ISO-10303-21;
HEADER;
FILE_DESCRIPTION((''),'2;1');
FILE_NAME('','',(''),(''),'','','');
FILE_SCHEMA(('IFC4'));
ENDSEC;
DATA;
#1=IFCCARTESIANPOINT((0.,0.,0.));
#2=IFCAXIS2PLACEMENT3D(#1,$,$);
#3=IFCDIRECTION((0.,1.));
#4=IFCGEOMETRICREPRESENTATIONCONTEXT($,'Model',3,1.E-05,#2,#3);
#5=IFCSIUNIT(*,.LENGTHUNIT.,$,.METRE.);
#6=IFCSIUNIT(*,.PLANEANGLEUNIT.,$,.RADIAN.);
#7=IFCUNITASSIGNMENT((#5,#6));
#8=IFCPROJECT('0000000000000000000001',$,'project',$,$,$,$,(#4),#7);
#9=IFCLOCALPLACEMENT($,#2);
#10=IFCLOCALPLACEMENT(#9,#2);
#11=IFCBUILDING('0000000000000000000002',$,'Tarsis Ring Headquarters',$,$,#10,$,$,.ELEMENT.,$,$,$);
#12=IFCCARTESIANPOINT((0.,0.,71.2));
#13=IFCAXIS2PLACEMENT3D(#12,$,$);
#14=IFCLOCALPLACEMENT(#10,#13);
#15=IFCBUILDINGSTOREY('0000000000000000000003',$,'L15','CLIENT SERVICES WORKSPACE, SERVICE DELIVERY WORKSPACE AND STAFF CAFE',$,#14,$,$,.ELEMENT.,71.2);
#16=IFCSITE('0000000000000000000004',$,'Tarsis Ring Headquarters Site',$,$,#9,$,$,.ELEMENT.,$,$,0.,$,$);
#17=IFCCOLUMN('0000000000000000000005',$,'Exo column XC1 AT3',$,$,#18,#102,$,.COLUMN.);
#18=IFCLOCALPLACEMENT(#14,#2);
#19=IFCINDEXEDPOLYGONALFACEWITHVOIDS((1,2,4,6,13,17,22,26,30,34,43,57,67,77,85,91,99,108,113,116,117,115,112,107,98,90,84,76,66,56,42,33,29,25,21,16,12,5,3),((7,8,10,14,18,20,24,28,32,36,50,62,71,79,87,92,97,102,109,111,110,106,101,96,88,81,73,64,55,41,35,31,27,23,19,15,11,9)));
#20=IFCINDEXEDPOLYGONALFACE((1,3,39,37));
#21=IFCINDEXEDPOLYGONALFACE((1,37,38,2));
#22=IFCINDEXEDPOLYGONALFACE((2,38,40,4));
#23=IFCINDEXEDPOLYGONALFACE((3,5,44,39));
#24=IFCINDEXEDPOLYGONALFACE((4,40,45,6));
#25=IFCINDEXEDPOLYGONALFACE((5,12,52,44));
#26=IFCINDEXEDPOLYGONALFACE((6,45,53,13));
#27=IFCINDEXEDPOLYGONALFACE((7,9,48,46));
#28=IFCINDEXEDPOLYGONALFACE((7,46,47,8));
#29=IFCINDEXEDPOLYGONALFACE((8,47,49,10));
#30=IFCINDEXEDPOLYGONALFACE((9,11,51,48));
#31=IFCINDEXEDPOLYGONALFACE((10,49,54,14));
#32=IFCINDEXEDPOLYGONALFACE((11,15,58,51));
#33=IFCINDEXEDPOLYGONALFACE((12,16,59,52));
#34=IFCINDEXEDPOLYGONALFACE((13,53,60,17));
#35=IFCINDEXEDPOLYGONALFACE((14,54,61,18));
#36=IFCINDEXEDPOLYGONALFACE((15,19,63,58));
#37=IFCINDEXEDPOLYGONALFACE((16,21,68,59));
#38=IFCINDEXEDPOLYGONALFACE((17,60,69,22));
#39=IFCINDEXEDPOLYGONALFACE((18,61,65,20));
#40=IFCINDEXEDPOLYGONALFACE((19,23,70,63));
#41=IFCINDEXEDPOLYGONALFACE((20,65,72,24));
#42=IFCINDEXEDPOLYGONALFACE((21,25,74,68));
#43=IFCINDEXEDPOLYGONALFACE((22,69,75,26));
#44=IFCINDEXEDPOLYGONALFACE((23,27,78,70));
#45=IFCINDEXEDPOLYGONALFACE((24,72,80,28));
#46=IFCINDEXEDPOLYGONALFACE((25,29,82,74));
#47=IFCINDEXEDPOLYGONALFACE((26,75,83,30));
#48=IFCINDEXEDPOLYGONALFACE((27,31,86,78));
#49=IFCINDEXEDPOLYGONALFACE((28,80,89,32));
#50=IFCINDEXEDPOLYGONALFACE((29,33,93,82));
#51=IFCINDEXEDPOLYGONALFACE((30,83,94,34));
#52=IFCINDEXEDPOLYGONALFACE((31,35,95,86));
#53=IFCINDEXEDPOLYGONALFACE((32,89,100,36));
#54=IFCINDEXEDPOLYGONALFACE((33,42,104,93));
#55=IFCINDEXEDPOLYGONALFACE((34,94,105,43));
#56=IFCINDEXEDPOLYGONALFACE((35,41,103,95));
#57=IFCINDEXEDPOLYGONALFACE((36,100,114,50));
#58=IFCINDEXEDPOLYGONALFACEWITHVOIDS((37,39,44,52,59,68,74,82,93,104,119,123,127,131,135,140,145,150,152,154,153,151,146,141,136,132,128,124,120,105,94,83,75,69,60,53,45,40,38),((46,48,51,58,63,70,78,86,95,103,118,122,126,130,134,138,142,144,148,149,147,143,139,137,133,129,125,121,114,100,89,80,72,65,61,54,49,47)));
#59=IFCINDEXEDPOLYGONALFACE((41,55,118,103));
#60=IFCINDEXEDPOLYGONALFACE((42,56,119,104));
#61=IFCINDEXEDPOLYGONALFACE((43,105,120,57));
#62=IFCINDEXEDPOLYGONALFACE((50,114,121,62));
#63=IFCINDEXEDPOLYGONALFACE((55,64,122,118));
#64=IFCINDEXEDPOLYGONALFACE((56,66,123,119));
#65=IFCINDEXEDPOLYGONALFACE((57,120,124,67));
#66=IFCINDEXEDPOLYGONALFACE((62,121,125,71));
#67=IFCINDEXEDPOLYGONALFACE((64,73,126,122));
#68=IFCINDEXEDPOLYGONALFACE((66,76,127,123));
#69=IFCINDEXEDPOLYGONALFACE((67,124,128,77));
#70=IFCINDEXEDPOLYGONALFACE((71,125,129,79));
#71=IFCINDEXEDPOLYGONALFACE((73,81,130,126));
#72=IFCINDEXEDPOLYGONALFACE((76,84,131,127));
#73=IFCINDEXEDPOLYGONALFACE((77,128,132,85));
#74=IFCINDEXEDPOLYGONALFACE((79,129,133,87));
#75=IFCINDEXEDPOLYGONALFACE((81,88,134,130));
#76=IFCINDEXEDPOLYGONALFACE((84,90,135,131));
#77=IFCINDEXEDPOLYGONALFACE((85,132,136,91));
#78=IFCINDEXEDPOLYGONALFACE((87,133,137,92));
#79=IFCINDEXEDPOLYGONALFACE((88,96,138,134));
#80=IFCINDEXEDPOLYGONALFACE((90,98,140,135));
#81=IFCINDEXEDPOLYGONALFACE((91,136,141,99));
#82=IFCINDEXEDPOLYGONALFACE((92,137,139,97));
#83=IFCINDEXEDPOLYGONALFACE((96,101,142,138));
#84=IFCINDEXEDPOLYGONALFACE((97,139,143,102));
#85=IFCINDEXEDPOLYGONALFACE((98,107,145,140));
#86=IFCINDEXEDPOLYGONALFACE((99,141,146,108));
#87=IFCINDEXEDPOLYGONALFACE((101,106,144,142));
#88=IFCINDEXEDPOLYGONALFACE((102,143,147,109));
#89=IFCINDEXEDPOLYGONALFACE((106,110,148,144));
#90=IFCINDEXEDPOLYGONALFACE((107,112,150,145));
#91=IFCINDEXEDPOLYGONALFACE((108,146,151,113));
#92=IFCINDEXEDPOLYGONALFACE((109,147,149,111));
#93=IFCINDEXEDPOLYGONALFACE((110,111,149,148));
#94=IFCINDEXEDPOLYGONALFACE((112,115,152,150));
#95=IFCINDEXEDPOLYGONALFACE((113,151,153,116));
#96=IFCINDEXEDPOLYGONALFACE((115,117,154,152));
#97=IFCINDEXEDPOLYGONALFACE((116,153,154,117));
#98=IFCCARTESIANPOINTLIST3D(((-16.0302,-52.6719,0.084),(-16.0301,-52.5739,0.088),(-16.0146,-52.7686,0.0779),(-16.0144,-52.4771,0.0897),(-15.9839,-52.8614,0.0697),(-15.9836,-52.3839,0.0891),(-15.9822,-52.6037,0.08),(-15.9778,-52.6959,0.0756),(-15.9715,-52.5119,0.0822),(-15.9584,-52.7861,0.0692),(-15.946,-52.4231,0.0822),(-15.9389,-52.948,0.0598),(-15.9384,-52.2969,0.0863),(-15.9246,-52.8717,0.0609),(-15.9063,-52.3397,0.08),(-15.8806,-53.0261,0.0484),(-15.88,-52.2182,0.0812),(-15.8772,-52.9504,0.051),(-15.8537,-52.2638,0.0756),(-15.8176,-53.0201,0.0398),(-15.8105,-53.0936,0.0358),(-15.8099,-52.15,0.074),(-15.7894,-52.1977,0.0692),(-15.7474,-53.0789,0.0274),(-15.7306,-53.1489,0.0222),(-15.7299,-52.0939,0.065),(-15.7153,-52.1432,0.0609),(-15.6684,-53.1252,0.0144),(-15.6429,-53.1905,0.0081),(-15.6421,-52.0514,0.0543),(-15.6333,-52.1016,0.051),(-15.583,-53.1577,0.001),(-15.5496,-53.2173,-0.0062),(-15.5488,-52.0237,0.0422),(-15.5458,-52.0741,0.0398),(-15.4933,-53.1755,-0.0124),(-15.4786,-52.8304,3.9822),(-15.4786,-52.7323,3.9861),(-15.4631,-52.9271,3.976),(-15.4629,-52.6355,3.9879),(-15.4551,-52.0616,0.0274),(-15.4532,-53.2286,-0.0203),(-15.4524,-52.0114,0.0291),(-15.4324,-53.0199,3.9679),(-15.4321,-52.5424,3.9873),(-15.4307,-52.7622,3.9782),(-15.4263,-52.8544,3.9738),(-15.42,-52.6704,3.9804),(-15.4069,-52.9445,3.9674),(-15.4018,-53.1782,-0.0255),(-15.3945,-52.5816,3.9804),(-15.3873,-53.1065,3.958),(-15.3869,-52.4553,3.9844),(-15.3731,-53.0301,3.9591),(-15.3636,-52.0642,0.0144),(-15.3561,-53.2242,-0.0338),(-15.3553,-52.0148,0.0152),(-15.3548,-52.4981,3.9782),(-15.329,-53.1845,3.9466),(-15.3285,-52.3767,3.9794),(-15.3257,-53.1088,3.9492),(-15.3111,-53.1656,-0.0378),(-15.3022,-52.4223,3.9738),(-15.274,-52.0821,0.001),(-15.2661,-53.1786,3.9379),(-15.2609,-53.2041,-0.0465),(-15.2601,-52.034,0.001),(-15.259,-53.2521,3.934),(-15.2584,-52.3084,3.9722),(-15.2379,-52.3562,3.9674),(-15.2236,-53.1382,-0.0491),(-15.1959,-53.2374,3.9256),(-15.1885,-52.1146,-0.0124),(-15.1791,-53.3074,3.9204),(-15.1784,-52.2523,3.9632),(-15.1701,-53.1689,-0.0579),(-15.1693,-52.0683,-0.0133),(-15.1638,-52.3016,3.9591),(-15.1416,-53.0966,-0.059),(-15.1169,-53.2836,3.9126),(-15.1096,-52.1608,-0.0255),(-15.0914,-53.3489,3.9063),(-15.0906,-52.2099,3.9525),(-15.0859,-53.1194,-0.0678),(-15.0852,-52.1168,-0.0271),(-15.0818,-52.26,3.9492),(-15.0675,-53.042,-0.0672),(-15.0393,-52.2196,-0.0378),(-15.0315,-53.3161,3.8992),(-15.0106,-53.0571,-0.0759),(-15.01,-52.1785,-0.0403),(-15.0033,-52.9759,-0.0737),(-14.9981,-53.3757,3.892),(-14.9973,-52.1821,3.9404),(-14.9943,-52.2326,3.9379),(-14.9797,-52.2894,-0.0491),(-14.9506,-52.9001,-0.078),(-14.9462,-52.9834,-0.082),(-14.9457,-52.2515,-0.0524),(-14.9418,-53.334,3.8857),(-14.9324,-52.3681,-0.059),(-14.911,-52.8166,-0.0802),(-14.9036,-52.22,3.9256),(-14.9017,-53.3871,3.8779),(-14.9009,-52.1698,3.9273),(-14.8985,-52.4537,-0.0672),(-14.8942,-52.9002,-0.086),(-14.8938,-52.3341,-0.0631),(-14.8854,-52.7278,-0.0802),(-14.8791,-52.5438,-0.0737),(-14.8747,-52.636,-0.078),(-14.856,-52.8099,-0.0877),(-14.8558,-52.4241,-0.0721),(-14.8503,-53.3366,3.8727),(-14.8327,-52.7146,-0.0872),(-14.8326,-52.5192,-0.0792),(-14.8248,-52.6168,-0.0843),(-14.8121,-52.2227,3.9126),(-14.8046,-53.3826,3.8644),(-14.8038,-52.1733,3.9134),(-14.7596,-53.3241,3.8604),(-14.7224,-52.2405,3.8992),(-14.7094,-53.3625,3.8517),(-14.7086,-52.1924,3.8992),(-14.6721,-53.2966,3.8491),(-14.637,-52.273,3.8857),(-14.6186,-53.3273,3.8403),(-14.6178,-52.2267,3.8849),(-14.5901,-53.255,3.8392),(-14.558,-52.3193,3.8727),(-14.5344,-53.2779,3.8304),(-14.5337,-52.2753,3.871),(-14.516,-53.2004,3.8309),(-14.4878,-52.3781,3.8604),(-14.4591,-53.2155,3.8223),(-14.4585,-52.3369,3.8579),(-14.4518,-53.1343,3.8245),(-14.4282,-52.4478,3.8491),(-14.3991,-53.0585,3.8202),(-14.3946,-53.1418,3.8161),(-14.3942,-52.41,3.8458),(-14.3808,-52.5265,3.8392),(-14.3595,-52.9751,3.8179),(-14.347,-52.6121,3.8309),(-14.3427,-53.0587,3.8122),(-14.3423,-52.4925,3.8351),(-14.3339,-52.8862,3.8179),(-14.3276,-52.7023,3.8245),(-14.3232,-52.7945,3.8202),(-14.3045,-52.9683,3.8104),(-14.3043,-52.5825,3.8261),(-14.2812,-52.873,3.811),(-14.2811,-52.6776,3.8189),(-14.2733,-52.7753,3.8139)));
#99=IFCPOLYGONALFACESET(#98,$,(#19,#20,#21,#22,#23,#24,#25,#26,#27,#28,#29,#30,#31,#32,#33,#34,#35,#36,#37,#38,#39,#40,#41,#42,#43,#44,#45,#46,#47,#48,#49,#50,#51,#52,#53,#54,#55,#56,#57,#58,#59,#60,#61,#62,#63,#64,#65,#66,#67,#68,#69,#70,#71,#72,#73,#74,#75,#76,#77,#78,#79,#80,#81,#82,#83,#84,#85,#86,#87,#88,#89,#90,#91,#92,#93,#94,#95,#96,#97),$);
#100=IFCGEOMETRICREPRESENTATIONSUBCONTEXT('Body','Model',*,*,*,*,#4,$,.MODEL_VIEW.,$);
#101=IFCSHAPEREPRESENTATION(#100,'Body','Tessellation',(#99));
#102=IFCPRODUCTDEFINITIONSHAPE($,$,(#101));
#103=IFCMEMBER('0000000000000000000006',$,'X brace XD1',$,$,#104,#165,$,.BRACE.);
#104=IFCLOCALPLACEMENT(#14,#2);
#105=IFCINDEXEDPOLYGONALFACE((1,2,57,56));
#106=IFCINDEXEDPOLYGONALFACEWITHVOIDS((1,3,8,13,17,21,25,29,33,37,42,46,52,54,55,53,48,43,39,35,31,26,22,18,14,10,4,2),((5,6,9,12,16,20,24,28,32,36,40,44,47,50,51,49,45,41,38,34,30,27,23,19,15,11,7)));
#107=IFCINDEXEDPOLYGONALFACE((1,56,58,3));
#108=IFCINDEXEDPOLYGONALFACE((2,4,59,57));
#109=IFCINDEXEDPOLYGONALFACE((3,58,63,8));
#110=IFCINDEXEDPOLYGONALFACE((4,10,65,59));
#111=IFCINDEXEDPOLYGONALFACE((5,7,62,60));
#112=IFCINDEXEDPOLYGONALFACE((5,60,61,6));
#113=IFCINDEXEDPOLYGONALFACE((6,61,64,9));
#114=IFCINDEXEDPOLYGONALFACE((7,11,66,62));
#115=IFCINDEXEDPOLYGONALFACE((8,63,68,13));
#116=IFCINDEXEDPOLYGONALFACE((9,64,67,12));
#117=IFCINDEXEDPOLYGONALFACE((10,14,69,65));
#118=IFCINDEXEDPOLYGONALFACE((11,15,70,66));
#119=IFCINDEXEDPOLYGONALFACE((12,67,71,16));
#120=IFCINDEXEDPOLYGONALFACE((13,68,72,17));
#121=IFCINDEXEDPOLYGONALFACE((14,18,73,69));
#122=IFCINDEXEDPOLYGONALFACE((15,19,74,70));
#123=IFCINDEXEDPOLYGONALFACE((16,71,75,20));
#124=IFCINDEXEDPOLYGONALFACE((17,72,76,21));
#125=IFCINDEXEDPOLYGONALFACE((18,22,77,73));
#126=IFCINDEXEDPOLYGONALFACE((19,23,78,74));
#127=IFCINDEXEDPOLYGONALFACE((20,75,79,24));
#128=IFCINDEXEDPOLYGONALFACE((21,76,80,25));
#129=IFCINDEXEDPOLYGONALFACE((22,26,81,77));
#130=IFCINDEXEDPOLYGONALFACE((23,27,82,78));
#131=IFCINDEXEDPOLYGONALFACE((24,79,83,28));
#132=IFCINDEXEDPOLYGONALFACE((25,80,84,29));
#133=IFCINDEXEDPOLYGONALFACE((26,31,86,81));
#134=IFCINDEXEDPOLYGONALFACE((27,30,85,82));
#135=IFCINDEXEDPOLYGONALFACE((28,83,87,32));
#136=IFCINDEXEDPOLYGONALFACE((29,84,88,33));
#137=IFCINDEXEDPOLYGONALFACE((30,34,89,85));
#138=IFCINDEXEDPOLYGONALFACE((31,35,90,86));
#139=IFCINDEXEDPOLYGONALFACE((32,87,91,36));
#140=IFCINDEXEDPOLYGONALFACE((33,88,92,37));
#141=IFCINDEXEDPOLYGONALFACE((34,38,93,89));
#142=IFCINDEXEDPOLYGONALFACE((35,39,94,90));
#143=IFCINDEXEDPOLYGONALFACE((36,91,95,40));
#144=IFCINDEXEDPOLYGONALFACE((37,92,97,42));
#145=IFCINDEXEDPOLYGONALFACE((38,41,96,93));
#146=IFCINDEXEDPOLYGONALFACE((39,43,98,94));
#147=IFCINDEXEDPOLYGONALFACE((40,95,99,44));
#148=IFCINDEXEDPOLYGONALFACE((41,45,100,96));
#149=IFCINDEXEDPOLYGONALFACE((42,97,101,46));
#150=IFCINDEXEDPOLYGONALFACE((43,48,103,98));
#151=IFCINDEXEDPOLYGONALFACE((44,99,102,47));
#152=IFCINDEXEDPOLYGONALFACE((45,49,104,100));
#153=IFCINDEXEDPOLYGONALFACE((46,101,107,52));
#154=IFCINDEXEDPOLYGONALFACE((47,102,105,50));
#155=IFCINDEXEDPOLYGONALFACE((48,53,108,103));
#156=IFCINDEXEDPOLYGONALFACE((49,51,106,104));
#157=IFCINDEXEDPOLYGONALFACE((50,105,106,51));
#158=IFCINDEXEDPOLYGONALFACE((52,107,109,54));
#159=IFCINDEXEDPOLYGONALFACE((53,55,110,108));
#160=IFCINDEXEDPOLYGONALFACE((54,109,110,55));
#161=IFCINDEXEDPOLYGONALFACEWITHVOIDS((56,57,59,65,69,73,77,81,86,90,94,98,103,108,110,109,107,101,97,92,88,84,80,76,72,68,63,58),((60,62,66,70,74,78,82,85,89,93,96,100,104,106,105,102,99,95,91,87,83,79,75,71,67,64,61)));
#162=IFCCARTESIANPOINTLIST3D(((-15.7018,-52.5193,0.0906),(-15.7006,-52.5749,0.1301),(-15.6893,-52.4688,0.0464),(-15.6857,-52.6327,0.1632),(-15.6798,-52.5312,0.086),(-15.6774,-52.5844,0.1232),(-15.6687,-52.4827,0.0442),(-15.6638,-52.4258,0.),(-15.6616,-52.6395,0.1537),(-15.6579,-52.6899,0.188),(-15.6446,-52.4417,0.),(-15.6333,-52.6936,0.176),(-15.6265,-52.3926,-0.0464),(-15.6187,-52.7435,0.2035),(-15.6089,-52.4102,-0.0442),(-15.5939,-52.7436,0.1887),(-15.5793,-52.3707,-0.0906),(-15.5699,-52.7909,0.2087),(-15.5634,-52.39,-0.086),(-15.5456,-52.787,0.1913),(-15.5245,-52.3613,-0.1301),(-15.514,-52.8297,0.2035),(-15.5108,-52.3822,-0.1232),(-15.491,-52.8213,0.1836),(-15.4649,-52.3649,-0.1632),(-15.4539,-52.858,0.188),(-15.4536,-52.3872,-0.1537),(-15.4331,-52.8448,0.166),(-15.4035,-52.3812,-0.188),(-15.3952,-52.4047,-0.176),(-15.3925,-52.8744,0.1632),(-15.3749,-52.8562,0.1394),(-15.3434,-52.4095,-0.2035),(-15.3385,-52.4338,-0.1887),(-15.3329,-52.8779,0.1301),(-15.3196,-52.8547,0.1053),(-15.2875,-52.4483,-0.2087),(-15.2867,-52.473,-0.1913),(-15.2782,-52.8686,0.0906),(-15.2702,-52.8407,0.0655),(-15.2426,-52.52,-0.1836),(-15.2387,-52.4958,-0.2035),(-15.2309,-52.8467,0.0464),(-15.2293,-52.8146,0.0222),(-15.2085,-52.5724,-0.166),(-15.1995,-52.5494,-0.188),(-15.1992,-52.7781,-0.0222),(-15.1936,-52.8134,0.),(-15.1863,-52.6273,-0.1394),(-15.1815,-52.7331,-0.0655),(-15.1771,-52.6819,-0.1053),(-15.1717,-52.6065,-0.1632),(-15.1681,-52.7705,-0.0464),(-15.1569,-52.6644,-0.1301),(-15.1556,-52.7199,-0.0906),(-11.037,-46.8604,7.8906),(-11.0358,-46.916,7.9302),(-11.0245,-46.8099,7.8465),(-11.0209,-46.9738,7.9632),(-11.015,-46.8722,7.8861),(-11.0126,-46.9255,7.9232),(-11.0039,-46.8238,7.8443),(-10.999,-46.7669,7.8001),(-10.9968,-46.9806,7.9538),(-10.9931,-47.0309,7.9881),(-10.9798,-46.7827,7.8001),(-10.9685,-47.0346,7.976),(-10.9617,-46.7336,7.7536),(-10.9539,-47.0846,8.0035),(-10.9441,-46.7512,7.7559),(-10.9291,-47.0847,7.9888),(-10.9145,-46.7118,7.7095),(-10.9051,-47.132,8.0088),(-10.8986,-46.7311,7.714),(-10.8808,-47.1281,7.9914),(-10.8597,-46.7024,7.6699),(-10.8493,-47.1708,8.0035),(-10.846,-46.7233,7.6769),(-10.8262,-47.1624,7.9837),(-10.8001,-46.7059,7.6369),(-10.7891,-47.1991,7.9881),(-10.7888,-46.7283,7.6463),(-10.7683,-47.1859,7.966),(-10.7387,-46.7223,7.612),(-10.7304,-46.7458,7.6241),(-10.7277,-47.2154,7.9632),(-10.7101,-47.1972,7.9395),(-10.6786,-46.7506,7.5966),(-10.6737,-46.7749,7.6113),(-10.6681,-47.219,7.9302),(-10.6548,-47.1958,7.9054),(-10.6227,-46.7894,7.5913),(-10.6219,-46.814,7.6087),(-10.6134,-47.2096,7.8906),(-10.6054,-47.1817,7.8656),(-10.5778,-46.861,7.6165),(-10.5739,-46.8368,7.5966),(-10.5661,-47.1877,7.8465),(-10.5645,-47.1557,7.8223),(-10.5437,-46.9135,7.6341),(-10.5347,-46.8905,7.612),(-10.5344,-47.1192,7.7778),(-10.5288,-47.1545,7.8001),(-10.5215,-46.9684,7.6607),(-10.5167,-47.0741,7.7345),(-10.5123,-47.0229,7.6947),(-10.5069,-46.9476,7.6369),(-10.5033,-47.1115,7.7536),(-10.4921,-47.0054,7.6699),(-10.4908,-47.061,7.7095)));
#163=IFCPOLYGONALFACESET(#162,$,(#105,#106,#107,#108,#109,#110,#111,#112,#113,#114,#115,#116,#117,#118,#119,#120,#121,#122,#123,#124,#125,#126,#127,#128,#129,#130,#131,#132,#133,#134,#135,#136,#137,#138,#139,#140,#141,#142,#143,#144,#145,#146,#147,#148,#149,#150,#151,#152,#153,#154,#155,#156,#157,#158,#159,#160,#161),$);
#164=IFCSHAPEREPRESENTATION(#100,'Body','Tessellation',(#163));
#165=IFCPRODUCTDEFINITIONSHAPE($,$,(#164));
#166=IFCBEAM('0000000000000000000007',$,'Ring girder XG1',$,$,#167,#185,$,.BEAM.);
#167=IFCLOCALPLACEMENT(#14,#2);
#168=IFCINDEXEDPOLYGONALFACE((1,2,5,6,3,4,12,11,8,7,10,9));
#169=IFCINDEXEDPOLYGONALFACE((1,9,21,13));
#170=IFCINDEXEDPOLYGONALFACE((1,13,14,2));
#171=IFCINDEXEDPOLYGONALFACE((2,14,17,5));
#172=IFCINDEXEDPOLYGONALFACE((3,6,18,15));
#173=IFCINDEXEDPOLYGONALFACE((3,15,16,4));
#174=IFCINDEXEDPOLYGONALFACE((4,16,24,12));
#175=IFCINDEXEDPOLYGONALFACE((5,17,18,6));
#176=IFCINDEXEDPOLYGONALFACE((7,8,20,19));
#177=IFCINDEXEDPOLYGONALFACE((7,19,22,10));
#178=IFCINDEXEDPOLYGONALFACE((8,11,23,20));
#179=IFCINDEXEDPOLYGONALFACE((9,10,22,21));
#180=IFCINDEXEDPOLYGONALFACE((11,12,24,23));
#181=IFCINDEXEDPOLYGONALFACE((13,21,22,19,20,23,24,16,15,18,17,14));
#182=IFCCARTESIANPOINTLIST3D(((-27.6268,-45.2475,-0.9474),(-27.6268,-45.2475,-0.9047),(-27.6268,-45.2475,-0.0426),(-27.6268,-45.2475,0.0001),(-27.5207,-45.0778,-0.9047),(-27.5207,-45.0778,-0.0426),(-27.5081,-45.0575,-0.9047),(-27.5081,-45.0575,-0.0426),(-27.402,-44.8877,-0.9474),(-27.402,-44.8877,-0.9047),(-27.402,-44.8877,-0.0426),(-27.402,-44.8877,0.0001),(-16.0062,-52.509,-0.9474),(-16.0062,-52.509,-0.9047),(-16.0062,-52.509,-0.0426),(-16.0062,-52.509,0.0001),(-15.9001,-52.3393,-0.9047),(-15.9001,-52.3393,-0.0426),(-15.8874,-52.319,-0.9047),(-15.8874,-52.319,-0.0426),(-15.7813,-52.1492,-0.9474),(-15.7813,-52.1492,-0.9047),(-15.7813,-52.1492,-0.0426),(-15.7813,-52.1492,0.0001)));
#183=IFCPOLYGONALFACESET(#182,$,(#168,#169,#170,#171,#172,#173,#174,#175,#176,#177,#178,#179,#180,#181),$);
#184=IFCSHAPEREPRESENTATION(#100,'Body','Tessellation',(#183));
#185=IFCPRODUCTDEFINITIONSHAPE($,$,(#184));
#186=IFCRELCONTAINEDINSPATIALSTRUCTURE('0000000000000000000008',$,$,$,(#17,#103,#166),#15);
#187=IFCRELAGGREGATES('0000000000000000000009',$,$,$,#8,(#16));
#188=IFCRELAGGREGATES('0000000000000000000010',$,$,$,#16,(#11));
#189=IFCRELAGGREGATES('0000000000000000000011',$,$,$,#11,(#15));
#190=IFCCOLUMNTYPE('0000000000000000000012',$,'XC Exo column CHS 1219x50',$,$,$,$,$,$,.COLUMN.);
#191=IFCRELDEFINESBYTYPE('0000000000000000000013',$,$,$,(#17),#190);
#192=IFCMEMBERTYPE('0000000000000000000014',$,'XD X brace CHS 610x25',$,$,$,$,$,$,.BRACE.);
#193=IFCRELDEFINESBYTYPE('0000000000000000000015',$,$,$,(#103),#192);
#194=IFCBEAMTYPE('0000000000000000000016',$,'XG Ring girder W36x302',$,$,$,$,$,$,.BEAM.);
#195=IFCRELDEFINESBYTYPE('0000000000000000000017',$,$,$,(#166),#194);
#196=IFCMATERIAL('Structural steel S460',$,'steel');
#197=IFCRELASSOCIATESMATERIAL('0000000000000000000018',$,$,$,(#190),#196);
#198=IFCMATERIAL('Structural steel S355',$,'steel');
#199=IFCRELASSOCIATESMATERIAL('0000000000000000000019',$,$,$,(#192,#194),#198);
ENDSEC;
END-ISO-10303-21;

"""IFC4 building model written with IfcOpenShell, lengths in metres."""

from ifc_helpers import new_model, si_unit, direction, frame, origin, origin_2d, place, context, subcontext, project, spatial, hollow_circle, i_section, extrude, material, material_profile, profile_set, type_object, element, save


model = new_model("IFC4")

# Units and contexts
model_context = context("Model", 3, precision=1e-05, world=origin(), true_north=direction((0.0, 1.0)))
body_context = subcontext(model_context, "Body", "Model", "MODEL_VIEW")
ifc_project = project(units=[si_unit("LENGTHUNIT", "METRE"), si_unit("PLANEANGLEUNIT", "RADIAN")], contexts=[model_context])

# Site, building, storey
site_placement = place(None, origin())
site = spatial("IfcSite", under=ifc_project, at=site_placement, Name="Tarsis Ring Headquarters Site", CompositionType="ELEMENT", RefElevation=0.0)
building_placement = place(site_placement, origin())
building = spatial("IfcBuilding", under=site, at=building_placement, Name="Tarsis Ring Headquarters", CompositionType="ELEMENT")
storey_placement = place(building_placement, frame((0.0, 0.0, 71.2)))
storey = spatial("IfcBuildingStorey", under=building, at=storey_placement, Name="L15", Description="CLIENT SERVICES WORKSPACE, SERVICE DELIVERY WORKSPACE AND STAFF CAFE", CompositionType="ELEMENT", Elevation=71.2)

# Column
ifc_material_1 = material(Name="Structural steel S460", Category="steel")
ifc_material_profile_1 = material_profile(ifc_material_1, hollow_circle(Radius=0.6096, WallThickness=0.05, at=origin_2d()), Name="CHS 1219x50")
ifc_profile_set_1 = profile_set([ifc_material_profile_1], Name="Structural steel S460")
column_type = type_object("IfcColumnType", Name="XC Exo column CHS 1219x50", PredefinedType="COLUMN", material=ifc_profile_set_1)
column_placement = place(storey_placement, frame((-15.4285, -52.6199, 0.001), z_axis=(0.139971, -0.040213, 0.989339), x_axis=(0.276126, 0.961122, 0.0)))
element("IfcColumn", 1, at=column_placement, inside=storey, type_object=column_type, Name="Exo column XC1 AT3", PredefinedType="COLUMN", context=body_context, shape_type="SweptSolid", body=[
    extrude(hollow_circle(Radius=0.6096, WallThickness=0.05, at=origin_2d()), origin(), (0.0, 0.0, 1.0), 3.9402),
])

# Member
ifc_material_2 = material(Name="Structural steel S355", Category="steel")
ifc_material_profile_2 = material_profile(ifc_material_2, hollow_circle(Radius=0.3047, WallThickness=0.0249, at=origin_2d()), Name="CHS 610x25")
ifc_profile_set_2 = profile_set([ifc_material_profile_2], Name="Structural steel S355")
member_type = type_object("IfcMemberType", Name="XD X brace CHS 610x25", PredefinedType="BRACE", material=ifc_profile_set_2)
member_placement = place(storey_placement, frame((-15.4287, -52.6196, 0.0), z_axis=(0.435706, 0.528562, 0.728548), x_axis=(-0.771629, 0.636072, 0.0)))
element("IfcMember", 2, at=member_placement, inside=storey, type_object=member_type, Name="X brace XD1", PredefinedType="BRACE", context=body_context, shape_type="SweptSolid", body=[
    extrude(hollow_circle(Radius=0.3047, WallThickness=0.0249, at=origin_2d()), origin(), (0.0, 0.0, 1.0), 10.7063),
])

# Beam
ifc_material_profile_3 = material_profile(ifc_material_2, i_section(OverallWidth=0.4243, OverallDepth=0.9475, WebThickness=0.0239, FlangeThickness=0.0427, at=origin_2d()), Name="W36x302")
ifc_profile_set_3 = profile_set([ifc_material_profile_3], Name="Structural steel S355")
beam_type = type_object("IfcBeamType", Name="XG Ring girder W36x302", PredefinedType="BEAM", material=ifc_profile_set_3)
beam_1_placement = place(storey_placement, frame((-27.5144, -45.0676, -0.4736), z_axis=(0.848044, -0.529925, 0.0), x_axis=(0.529925, 0.848044, 0.0)))
element("IfcBeam", 3, at=beam_1_placement, inside=storey, type_object=beam_type, Name="Ring girder XG1", PredefinedType="BEAM", context=body_context, shape_type="SweptSolid", body=[
    extrude(i_section(OverallWidth=0.4243, OverallDepth=0.9475, WebThickness=0.0239, FlangeThickness=0.0427, at=origin_2d()), origin(), (0.0, 0.0, 1.0), 13.7029),
])

save(model, "model.ifc")
